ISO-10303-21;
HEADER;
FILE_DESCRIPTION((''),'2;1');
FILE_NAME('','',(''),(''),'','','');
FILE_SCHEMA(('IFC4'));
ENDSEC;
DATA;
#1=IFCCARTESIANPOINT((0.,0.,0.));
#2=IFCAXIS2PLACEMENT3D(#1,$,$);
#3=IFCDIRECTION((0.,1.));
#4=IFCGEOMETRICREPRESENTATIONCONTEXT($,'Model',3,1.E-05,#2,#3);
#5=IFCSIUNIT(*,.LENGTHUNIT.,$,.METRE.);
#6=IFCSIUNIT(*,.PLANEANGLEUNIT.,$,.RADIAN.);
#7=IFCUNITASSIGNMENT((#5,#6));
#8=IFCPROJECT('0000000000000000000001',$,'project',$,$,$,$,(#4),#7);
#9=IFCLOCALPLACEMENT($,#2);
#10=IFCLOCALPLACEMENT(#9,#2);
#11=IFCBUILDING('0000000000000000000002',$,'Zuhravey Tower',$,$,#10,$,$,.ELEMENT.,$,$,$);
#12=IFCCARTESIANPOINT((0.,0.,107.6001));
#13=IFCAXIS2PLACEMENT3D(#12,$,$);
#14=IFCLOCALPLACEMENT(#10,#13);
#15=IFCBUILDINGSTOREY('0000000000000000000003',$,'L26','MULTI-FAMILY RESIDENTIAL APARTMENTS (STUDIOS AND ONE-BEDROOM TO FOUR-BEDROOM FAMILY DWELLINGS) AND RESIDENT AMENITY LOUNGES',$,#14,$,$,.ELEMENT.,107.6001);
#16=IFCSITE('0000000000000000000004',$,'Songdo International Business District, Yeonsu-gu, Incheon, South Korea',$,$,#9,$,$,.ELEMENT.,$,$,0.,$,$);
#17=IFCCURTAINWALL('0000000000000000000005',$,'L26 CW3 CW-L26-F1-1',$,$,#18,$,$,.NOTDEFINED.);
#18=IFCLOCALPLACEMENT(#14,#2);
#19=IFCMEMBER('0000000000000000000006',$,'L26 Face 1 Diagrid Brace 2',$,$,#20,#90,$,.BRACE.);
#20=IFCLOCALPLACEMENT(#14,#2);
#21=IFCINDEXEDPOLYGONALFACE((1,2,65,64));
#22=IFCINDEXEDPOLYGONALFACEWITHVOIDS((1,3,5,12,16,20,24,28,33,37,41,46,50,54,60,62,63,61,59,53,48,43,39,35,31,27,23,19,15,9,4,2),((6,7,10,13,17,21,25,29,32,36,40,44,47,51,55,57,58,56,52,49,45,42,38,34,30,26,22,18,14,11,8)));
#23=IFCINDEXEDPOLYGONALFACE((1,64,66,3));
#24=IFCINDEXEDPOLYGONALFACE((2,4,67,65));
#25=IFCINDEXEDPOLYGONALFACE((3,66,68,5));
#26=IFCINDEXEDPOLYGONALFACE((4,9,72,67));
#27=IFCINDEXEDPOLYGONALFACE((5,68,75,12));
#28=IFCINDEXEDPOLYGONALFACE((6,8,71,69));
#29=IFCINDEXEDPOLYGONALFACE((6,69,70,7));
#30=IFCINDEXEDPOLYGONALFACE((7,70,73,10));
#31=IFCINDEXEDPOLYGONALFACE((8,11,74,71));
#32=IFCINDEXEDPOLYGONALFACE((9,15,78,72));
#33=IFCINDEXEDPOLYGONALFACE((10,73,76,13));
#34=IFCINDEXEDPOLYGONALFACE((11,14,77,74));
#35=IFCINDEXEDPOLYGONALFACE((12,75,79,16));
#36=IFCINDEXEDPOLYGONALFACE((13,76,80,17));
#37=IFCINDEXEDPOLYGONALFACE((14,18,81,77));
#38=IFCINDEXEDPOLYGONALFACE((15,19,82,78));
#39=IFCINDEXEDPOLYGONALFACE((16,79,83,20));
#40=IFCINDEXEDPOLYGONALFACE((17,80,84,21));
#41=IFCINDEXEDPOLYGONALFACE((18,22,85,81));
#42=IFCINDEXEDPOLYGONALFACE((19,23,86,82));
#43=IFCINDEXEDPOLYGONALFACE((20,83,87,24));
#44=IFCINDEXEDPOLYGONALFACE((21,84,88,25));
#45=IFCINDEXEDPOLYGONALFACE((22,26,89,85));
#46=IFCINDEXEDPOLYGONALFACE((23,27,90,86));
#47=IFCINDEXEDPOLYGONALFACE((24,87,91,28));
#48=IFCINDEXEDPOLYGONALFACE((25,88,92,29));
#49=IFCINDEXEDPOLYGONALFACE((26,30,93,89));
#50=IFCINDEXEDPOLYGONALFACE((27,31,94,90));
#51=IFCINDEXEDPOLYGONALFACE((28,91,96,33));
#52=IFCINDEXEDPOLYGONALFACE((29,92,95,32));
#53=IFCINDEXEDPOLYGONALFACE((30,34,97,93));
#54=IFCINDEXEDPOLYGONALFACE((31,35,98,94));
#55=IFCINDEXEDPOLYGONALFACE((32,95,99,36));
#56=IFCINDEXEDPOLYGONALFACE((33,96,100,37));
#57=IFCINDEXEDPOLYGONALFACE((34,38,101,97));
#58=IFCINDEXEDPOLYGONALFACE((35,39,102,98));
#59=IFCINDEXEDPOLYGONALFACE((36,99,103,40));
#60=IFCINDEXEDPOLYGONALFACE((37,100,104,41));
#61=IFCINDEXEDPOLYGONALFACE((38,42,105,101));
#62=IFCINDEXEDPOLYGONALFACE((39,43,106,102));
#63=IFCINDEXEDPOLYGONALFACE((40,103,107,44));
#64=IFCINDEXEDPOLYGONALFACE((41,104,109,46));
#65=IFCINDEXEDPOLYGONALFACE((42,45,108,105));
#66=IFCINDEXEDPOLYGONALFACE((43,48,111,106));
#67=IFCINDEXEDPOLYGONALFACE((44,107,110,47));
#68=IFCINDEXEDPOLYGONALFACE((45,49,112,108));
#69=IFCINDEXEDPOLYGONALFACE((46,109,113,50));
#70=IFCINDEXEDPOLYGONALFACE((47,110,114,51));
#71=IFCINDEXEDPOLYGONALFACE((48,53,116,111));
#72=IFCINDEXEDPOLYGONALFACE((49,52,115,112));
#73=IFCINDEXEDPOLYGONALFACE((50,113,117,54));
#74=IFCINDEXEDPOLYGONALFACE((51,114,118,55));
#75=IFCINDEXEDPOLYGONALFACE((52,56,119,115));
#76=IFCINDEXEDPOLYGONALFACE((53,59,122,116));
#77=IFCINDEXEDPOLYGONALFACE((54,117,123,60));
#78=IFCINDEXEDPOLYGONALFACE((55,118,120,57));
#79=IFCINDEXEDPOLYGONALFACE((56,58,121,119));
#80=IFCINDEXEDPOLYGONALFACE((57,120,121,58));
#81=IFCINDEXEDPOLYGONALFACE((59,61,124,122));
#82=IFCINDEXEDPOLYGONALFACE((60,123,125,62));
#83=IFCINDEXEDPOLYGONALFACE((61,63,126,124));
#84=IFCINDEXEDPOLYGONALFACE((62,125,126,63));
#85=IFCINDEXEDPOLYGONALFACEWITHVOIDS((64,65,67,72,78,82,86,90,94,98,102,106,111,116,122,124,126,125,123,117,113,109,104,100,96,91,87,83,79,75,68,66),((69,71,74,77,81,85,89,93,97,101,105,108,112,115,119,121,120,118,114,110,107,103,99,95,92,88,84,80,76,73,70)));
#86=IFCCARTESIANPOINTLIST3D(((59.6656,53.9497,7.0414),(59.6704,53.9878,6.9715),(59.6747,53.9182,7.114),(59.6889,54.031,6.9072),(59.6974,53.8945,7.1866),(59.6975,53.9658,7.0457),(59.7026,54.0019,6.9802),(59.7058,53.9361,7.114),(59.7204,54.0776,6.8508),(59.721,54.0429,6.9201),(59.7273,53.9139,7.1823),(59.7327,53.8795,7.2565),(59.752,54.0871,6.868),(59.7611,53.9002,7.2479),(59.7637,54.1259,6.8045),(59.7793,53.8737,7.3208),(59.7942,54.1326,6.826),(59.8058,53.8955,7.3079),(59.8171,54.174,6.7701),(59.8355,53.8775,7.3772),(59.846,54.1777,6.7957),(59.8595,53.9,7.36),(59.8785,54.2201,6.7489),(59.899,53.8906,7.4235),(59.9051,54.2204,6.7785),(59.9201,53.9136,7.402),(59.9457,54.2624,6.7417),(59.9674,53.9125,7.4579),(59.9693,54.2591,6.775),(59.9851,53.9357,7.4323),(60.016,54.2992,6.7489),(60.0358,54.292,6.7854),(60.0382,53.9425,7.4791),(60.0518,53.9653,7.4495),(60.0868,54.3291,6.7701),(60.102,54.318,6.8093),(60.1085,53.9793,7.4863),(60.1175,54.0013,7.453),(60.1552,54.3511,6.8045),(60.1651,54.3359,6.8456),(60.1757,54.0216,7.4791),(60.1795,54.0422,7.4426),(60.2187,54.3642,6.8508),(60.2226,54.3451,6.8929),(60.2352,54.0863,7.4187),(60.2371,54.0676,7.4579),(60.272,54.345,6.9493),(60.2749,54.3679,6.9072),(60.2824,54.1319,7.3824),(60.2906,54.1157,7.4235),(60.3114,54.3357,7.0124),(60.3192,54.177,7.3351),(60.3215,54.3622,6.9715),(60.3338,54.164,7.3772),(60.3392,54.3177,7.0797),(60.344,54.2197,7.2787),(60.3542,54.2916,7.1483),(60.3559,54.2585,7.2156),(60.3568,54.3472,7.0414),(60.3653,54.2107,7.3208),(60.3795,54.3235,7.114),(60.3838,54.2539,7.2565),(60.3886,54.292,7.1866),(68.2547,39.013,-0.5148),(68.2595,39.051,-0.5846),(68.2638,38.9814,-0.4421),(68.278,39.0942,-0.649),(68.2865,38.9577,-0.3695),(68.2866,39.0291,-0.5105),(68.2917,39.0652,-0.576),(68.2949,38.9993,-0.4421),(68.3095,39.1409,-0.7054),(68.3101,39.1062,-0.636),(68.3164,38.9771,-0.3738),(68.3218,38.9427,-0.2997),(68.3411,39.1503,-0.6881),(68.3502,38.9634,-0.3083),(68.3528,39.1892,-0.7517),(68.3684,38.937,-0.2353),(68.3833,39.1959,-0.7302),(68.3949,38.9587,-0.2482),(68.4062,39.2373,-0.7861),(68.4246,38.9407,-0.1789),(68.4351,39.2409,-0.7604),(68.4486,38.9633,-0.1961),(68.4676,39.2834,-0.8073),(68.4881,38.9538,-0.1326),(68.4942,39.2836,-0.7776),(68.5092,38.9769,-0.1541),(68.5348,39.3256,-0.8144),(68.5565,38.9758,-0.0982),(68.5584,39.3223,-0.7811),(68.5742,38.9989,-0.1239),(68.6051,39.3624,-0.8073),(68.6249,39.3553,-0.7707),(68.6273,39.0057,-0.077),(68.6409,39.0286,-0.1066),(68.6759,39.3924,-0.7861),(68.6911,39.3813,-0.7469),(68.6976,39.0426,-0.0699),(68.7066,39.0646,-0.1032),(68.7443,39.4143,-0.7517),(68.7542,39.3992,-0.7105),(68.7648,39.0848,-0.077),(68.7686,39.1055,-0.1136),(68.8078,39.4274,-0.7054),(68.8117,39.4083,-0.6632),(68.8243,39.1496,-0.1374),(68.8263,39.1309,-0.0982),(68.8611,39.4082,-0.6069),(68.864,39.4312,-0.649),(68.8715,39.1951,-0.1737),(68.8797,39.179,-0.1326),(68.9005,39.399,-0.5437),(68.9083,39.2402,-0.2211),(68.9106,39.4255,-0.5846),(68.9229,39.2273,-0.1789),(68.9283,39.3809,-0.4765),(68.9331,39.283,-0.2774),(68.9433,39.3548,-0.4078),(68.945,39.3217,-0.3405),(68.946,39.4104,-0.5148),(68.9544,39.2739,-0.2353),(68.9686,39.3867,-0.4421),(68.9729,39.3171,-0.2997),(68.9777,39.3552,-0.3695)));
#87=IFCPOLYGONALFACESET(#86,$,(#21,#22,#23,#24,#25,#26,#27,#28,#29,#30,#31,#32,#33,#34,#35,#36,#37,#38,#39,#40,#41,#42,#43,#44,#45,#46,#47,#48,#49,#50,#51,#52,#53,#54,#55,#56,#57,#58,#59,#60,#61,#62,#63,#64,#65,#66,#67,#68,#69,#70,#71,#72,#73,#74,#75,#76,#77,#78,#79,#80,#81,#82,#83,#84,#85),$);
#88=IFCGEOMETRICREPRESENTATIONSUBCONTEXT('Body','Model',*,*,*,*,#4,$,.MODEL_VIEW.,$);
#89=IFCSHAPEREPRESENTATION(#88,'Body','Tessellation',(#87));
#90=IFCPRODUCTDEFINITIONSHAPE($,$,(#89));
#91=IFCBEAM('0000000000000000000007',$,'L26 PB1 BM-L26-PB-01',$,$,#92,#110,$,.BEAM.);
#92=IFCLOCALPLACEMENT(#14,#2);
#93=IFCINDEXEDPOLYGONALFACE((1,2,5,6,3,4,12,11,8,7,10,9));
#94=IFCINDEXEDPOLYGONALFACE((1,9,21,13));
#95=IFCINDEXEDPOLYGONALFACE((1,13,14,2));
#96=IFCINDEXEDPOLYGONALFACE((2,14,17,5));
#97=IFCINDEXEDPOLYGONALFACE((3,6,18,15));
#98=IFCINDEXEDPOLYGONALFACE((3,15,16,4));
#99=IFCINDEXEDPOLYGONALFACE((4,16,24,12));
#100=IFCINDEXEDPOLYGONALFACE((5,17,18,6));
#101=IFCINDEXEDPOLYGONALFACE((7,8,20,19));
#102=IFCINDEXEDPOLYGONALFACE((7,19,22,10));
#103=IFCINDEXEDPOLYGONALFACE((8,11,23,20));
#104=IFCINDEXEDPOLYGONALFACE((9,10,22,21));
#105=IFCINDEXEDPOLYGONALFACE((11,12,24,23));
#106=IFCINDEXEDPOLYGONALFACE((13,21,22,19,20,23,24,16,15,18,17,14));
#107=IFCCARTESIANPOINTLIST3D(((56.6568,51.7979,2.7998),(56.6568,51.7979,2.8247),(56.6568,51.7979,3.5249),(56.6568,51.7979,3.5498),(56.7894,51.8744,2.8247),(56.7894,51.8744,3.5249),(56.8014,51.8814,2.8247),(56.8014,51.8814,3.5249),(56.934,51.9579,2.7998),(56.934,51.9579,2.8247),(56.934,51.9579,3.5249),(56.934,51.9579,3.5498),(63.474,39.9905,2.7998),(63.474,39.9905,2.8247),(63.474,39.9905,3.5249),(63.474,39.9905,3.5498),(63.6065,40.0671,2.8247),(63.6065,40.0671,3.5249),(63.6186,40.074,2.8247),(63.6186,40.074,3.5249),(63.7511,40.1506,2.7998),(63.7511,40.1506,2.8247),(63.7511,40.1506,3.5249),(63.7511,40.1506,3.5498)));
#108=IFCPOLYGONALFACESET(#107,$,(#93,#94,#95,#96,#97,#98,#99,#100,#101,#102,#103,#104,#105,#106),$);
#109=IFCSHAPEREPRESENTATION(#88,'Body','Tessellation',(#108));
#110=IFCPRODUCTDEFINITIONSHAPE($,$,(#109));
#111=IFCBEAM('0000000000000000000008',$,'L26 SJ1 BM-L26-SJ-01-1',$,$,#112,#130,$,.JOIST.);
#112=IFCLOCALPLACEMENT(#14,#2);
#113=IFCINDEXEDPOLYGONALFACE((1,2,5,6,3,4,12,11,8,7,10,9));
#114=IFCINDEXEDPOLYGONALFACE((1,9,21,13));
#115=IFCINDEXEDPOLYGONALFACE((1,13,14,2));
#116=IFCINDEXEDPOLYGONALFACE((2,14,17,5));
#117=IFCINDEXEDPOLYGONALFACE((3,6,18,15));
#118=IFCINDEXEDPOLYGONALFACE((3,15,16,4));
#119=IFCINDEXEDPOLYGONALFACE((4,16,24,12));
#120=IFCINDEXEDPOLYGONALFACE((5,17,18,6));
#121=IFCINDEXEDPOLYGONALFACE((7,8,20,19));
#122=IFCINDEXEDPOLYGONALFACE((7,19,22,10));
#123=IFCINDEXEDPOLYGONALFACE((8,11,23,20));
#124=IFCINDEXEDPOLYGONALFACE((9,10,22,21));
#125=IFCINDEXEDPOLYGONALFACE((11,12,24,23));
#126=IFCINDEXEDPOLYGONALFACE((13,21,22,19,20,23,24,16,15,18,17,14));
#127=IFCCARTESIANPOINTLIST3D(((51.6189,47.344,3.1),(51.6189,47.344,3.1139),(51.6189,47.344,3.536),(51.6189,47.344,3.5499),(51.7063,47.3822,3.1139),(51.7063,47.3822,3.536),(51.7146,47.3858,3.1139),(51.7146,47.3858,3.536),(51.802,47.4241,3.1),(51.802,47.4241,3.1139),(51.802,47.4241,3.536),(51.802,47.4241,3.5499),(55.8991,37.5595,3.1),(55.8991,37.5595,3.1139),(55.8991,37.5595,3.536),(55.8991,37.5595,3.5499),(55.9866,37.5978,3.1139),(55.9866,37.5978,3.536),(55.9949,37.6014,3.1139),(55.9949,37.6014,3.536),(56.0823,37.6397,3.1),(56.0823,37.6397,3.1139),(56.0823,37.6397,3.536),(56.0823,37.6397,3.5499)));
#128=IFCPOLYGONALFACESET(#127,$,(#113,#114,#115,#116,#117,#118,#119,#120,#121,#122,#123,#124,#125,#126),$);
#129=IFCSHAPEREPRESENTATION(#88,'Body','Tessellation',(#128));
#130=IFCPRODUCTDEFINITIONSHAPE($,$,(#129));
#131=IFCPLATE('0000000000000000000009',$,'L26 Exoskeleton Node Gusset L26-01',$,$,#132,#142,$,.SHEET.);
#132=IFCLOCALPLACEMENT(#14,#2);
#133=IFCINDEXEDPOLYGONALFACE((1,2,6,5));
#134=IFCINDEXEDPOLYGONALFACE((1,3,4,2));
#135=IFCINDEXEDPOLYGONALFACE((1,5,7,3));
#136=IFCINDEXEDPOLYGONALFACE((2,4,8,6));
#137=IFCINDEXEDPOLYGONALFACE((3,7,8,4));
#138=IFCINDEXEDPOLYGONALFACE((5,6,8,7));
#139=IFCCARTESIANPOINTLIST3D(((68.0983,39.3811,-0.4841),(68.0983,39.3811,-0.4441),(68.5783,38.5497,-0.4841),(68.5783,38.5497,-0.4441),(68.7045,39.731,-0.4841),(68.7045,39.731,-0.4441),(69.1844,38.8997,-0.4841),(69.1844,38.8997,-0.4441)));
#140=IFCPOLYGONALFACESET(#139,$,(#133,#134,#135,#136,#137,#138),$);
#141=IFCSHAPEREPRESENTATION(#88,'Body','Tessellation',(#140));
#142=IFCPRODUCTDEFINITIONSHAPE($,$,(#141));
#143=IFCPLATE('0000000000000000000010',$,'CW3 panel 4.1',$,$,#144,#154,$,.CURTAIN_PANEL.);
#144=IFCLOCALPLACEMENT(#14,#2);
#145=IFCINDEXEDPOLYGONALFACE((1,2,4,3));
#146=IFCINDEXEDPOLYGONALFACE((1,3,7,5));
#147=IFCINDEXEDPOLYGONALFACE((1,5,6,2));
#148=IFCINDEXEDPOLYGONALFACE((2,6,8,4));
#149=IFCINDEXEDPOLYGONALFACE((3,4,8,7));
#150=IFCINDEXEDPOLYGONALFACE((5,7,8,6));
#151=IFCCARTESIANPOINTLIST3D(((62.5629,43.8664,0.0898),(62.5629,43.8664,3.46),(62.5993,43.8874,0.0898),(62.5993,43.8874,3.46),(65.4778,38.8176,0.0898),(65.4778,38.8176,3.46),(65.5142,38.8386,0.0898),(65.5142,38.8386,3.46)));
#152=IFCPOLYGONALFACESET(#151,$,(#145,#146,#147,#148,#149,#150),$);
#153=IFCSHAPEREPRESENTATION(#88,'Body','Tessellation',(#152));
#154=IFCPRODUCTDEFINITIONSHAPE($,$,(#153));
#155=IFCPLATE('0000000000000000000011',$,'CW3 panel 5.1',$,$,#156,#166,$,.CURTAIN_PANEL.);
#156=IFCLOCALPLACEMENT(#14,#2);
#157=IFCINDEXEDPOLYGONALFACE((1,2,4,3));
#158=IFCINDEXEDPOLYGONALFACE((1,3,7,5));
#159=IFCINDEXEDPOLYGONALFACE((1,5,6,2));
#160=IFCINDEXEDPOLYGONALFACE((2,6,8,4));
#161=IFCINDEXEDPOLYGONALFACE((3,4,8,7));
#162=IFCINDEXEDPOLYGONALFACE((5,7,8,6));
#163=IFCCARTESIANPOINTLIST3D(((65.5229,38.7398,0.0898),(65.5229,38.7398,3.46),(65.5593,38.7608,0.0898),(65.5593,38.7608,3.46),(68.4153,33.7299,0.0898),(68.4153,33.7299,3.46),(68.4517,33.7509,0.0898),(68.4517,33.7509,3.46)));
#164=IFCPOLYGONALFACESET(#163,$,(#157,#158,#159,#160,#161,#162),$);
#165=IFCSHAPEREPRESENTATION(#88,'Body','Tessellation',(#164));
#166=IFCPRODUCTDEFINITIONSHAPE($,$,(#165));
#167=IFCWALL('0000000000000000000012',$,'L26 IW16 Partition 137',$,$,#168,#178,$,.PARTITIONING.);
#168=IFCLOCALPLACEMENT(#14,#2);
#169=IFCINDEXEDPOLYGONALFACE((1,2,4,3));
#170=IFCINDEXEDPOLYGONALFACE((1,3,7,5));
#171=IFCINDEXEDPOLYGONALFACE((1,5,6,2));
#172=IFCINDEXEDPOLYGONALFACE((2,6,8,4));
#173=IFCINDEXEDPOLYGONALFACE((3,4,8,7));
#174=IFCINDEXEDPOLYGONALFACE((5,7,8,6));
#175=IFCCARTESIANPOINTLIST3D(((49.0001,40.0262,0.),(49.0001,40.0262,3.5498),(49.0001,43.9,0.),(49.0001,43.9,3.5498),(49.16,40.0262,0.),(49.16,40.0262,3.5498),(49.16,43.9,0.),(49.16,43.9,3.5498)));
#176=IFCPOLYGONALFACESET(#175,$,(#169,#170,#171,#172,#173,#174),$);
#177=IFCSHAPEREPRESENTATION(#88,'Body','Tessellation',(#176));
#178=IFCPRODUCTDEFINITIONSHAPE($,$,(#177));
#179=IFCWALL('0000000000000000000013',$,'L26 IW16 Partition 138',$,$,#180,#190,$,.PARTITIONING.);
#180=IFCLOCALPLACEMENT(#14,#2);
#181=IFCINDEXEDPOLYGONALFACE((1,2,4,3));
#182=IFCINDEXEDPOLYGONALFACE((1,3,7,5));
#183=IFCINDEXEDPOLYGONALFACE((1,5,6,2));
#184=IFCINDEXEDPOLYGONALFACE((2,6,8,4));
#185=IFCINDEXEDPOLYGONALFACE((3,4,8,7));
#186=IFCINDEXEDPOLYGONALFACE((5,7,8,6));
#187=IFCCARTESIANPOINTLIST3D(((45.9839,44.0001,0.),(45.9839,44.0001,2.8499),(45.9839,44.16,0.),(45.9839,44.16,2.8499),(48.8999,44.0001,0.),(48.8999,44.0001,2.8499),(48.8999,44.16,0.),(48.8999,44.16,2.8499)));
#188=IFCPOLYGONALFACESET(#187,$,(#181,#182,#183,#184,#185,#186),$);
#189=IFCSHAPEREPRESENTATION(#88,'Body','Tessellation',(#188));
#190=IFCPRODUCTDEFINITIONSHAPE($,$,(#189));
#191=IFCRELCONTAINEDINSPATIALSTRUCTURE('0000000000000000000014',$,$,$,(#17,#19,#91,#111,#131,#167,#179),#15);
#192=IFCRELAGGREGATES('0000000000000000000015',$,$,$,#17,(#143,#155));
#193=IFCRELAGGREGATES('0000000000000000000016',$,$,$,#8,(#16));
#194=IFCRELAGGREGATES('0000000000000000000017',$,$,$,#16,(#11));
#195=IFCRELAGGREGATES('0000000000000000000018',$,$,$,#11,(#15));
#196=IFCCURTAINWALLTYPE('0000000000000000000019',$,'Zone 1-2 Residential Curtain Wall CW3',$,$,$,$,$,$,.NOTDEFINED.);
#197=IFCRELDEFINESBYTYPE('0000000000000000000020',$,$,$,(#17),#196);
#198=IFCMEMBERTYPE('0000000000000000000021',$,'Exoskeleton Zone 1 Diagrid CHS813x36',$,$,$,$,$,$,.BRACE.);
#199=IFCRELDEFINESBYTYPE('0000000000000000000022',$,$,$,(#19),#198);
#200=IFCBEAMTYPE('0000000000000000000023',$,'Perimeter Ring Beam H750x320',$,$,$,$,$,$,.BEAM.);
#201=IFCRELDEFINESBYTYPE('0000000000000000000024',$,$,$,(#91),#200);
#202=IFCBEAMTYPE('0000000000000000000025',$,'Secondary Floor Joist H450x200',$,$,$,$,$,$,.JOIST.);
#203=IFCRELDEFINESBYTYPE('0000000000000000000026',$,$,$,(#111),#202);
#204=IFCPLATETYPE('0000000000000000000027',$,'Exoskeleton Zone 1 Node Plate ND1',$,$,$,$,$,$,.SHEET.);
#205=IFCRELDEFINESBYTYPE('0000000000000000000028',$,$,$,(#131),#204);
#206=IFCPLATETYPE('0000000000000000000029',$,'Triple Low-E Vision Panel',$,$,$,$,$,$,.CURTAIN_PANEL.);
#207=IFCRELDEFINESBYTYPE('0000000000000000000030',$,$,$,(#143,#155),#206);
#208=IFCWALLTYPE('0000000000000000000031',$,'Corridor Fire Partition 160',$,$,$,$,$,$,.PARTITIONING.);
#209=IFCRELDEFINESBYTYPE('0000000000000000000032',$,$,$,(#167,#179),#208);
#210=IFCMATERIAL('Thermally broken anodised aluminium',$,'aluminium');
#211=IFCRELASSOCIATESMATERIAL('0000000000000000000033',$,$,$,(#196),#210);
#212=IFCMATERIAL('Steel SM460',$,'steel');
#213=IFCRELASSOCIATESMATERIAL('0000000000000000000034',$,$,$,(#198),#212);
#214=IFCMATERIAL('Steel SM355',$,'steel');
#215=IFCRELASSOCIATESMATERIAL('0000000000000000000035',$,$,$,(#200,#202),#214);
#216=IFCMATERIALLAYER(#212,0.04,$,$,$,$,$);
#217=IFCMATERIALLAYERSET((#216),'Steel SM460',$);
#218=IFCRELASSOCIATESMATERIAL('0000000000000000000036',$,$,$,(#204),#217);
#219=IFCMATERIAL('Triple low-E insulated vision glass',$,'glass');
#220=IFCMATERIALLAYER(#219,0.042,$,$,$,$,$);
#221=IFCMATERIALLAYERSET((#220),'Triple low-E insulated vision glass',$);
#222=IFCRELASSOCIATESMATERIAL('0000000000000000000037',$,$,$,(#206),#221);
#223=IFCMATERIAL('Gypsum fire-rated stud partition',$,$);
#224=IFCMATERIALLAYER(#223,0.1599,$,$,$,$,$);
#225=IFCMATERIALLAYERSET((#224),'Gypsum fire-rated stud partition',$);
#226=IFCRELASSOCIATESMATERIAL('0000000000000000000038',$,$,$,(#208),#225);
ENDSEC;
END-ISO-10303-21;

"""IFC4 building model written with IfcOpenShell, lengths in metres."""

from ifc_helpers import new_model, si_unit, direction, frame, frame_2d, origin, origin_2d, place, context, subcontext, project, spatial, rectangle, hollow_circle, i_section, extrude, material, layer, layer_set, material_profile, profile_set, type_object, element, aggregate, save


model = new_model("IFC4")

# Units and contexts
model_context = context("Model", 3, precision=1e-05, world=origin(), true_north=direction((0.0, 1.0)))
body_context = subcontext(model_context, "Body", "Model", "MODEL_VIEW")
ifc_project = project(units=[si_unit("LENGTHUNIT", "METRE"), si_unit("PLANEANGLEUNIT", "RADIAN")], contexts=[model_context])

# Site, building, storey
site_placement = place(None, origin())
site = spatial("IfcSite", under=ifc_project, at=site_placement, Name="Songdo International Business District, Yeonsu-gu, Incheon, South Korea", CompositionType="ELEMENT", RefElevation=0.0)
building_placement = place(site_placement, origin())
building = spatial("IfcBuilding", under=site, at=building_placement, Name="Zuhravey Tower", CompositionType="ELEMENT")
storey_placement = place(building_placement, frame((0.0, 0.0, 107.6001)))
storey = spatial("IfcBuildingStorey", under=building, at=storey_placement, Name="L26", Description="MULTI-FAMILY RESIDENTIAL APARTMENTS (STUDIOS AND ONE-BEDROOM TO FOUR-BEDROOM FAMILY DWELLINGS) AND RESIDENT AMENITY LOUNGES", CompositionType="ELEMENT", Elevation=107.6001)

# Curtain wall
ifc_material_1 = material(Name="Thermally broken anodised aluminium", Category="aluminium")
curtain_wall_type = type_object("IfcCurtainWallType", Name="Zone 1-2 Residential Curtain Wall CW3", PredefinedType="NOTDEFINED", material=ifc_material_1)
curtain_wall_placement = place(storey_placement, origin())
curtain_wall = element("IfcCurtainWall", 1, at=curtain_wall_placement, inside=storey, type_object=curtain_wall_type, Name="L26 CW3 CW-L26-F1-1", PredefinedType="NOTDEFINED")

# Member
ifc_material_2 = material(Name="Steel SM355", Category="steel")
ifc_material_3 = material(Name="Steel SM460", Category="steel")
ifc_material_profile_1 = material_profile(ifc_material_3, hollow_circle(Radius=0.4065, WallThickness=0.0359, at=origin_2d()), Name="CHS-812.8x36")
ifc_profile_set_1 = profile_set([ifc_material_profile_1], Name="Steel SM460")
member_type_1 = type_object("IfcMemberType", Name="Exoskeleton Zone 1 Diagrid CHS813x36", PredefinedType="BRACE", material=ifc_profile_set_1)
member_1_placement = place(storey_placement, frame((68.6162, 39.1841, -0.4421), z_axis=(-0.456522, 0.793908, 0.401619), x_axis=(-0.866895, -0.498492, 0.0)))
element("IfcMember", 2, at=member_1_placement, inside=storey, type_object=member_type_1, Name="L26 Face 1 Diagrid Brace 2", PredefinedType="BRACE", context=body_context, shape_type="SweptSolid", body=[
    extrude(hollow_circle(Radius=0.4065, WallThickness=0.0359, at=origin_2d()), origin(), (0.0, 0.0, 1.0), 18.8142),
])

# Beams
ifc_material_profile_2 = material_profile(ifc_material_2, i_section(OverallWidth=0.3201, OverallDepth=0.75, WebThickness=0.0139, FlangeThickness=0.0249, at=origin_2d()), Name="H-750x320x14x25")
ifc_profile_set_2 = profile_set([ifc_material_profile_2], Name="Steel SM355")
beam_type_1 = type_object("IfcBeamType", Name="Perimeter Ring Beam H750x320", PredefinedType="BEAM", material=ifc_profile_set_2)
beam_1_placement = place(storey_placement, frame((63.6125, 40.0706, 3.1748), z_axis=(-0.500008, 0.866021, 0.0), x_axis=(-0.866021, -0.500008, 0.0)))
element("IfcBeam", 3, at=beam_1_placement, inside=storey, type_object=beam_type_1, Name="L26 PB1 BM-L26-PB-01", PredefinedType="BEAM", context=body_context, shape_type="SweptSolid", body=[
    extrude(i_section(OverallWidth=0.3201, OverallDepth=0.75, WebThickness=0.0139, FlangeThickness=0.0249, at=origin_2d()), origin(), (0.0, 0.0, 1.0), 13.634),
])
ifc_material_profile_3 = material_profile(ifc_material_2, i_section(OverallWidth=0.2, OverallDepth=0.45, WebThickness=0.009, FlangeThickness=0.0139, at=origin_2d()), Name="H-450x200x9x14")
ifc_profile_set_3 = profile_set([ifc_material_profile_3], Name="Steel SM355")
beam_type_2 = type_object("IfcBeamType", Name="Secondary Floor Joist H450x200", PredefinedType="JOIST", material=ifc_profile_set_3)
beam_2_placement = place(storey_placement, frame((55.9907, 37.5996, 3.325), z_axis=(-0.400786, 0.916172, 0.0), x_axis=(-0.916172, -0.400786, 0.0)))
element("IfcBeam", 4, at=beam_2_placement, inside=storey, type_object=beam_type_2, Name="L26 SJ1 BM-L26-SJ-01-1", PredefinedType="JOIST", context=body_context, shape_type="SweptSolid", body=[
    extrude(i_section(OverallWidth=0.2, OverallDepth=0.45, WebThickness=0.009, FlangeThickness=0.0139, at=origin_2d()), origin(), (0.0, 0.0, 1.0), 10.6797),
])

# Plates
ifc_layer_1 = layer(ifc_material_3, 0.04)
ifc_layer_set_1 = layer_set([ifc_layer_1], Name="Steel SM460")
plate_type_1 = type_object("IfcPlateType", Name="Exoskeleton Zone 1 Node Plate ND1", PredefinedType="SHEET", material=ifc_layer_set_1)
plate_1_placement = place(storey_placement, frame((68.6414, 39.1404, -0.4841), z_axis=(0.0, 0.0, 1.0), x_axis=(-0.5, 0.866025, 0.0)))
element("IfcPlate", 5, at=plate_1_placement, inside=storey, type_object=plate_type_1, Name="L26 Exoskeleton Node Gusset L26-01", PredefinedType="SHEET", context=body_context, shape_type="SweptSolid", body=[
    extrude(rectangle(XDim=0.96, YDim=0.7, at=origin_2d()), origin(), (0.0, 0.0, 1.0), 0.04),
])
ifc_material_4 = material(Name="Triple low-E insulated vision glass", Category="glass")
ifc_layer_2 = layer(ifc_material_4, 0.042)
ifc_layer_set_2 = layer_set([ifc_layer_2], Name="Triple low-E insulated vision glass")
plate_type_2 = type_object("IfcPlateType", Name="Triple Low-E Vision Panel", PredefinedType="CURTAIN_PANEL", material=ifc_layer_set_2)
plate_2_placement = place(storey_placement, frame((64.0386, 41.3525, 0.0898), z_axis=(0.0, 0.0, 1.0), x_axis=(0.5, -0.866026, 0.0)))
plate_2 = element("IfcPlate", 6, at=plate_2_placement, type_object=plate_type_2, Name="CW3 panel 4.1", PredefinedType="CURTAIN_PANEL", context=body_context, shape_type="SweptSolid", body=[
    extrude(rectangle(XDim=5.8298, YDim=0.042, at=origin_2d()), origin(), (0.0, 0.0, 1.0), 3.3701),
])
plate_3_placement = place(storey_placement, frame((66.9873, 36.2454, 0.0898), z_axis=(0.0, 0.0, 1.0), x_axis=(0.5, -0.866026, 0.0)))
plate_3 = element("IfcPlate", 7, at=plate_3_placement, type_object=plate_type_2, Name="CW3 panel 5.1", PredefinedType="CURTAIN_PANEL", context=body_context, shape_type="SweptSolid", body=[
    extrude(rectangle(XDim=5.7849, YDim=0.042, at=origin_2d()), origin(), (0.0, 0.0, 1.0), 3.3701),
])
aggregate(curtain_wall, [plate_2, plate_3])

# Shared definitions
ifc_material_5 = material(Name="Gypsum fire-rated stud partition")
ifc_layer_3 = layer(ifc_material_5, 0.1599)
ifc_layer_set_3 = layer_set([ifc_layer_3], Name="Gypsum fire-rated stud partition")
wall_type_1 = type_object("IfcWallType", Name="Corridor Fire Partition 160", PredefinedType="PARTITIONING", material=ifc_layer_set_3)

# Walls
wall_1_placement = place(storey_placement, frame((49.0801, 40.0261, 0.0), z_axis=(0.0, 0.0, 1.0), x_axis=(0.0, 1.0, 0.0)))
element("IfcWall", 8, at=wall_1_placement, inside=storey, type_object=wall_type_1, Name="L26 IW16 Partition 137", PredefinedType="PARTITIONING", context=body_context, shape_type="SweptSolid", body=[
    extrude(rectangle(XDim=3.8738, YDim=0.1599, at=frame_2d((1.937, 0.0))), origin(), (0.0, 0.0, 1.0), 3.5498),
])
wall_2_placement = place(storey_placement, frame((48.8999, 44.0801, 0.0), z_axis=(0.0, 0.0, 1.0), x_axis=(-1.0, 0.0, 0.0)))
element("IfcWall", 9, at=wall_2_placement, inside=storey, type_object=wall_type_1, Name="L26 IW16 Partition 138", PredefinedType="PARTITIONING", context=body_context, shape_type="SweptSolid", body=[
    extrude(rectangle(XDim=2.916, YDim=0.1599, at=frame_2d((1.458, 0.0))), origin(), (0.0, 0.0, 1.0), 2.8499),
])

save(model, "model.ifc")
